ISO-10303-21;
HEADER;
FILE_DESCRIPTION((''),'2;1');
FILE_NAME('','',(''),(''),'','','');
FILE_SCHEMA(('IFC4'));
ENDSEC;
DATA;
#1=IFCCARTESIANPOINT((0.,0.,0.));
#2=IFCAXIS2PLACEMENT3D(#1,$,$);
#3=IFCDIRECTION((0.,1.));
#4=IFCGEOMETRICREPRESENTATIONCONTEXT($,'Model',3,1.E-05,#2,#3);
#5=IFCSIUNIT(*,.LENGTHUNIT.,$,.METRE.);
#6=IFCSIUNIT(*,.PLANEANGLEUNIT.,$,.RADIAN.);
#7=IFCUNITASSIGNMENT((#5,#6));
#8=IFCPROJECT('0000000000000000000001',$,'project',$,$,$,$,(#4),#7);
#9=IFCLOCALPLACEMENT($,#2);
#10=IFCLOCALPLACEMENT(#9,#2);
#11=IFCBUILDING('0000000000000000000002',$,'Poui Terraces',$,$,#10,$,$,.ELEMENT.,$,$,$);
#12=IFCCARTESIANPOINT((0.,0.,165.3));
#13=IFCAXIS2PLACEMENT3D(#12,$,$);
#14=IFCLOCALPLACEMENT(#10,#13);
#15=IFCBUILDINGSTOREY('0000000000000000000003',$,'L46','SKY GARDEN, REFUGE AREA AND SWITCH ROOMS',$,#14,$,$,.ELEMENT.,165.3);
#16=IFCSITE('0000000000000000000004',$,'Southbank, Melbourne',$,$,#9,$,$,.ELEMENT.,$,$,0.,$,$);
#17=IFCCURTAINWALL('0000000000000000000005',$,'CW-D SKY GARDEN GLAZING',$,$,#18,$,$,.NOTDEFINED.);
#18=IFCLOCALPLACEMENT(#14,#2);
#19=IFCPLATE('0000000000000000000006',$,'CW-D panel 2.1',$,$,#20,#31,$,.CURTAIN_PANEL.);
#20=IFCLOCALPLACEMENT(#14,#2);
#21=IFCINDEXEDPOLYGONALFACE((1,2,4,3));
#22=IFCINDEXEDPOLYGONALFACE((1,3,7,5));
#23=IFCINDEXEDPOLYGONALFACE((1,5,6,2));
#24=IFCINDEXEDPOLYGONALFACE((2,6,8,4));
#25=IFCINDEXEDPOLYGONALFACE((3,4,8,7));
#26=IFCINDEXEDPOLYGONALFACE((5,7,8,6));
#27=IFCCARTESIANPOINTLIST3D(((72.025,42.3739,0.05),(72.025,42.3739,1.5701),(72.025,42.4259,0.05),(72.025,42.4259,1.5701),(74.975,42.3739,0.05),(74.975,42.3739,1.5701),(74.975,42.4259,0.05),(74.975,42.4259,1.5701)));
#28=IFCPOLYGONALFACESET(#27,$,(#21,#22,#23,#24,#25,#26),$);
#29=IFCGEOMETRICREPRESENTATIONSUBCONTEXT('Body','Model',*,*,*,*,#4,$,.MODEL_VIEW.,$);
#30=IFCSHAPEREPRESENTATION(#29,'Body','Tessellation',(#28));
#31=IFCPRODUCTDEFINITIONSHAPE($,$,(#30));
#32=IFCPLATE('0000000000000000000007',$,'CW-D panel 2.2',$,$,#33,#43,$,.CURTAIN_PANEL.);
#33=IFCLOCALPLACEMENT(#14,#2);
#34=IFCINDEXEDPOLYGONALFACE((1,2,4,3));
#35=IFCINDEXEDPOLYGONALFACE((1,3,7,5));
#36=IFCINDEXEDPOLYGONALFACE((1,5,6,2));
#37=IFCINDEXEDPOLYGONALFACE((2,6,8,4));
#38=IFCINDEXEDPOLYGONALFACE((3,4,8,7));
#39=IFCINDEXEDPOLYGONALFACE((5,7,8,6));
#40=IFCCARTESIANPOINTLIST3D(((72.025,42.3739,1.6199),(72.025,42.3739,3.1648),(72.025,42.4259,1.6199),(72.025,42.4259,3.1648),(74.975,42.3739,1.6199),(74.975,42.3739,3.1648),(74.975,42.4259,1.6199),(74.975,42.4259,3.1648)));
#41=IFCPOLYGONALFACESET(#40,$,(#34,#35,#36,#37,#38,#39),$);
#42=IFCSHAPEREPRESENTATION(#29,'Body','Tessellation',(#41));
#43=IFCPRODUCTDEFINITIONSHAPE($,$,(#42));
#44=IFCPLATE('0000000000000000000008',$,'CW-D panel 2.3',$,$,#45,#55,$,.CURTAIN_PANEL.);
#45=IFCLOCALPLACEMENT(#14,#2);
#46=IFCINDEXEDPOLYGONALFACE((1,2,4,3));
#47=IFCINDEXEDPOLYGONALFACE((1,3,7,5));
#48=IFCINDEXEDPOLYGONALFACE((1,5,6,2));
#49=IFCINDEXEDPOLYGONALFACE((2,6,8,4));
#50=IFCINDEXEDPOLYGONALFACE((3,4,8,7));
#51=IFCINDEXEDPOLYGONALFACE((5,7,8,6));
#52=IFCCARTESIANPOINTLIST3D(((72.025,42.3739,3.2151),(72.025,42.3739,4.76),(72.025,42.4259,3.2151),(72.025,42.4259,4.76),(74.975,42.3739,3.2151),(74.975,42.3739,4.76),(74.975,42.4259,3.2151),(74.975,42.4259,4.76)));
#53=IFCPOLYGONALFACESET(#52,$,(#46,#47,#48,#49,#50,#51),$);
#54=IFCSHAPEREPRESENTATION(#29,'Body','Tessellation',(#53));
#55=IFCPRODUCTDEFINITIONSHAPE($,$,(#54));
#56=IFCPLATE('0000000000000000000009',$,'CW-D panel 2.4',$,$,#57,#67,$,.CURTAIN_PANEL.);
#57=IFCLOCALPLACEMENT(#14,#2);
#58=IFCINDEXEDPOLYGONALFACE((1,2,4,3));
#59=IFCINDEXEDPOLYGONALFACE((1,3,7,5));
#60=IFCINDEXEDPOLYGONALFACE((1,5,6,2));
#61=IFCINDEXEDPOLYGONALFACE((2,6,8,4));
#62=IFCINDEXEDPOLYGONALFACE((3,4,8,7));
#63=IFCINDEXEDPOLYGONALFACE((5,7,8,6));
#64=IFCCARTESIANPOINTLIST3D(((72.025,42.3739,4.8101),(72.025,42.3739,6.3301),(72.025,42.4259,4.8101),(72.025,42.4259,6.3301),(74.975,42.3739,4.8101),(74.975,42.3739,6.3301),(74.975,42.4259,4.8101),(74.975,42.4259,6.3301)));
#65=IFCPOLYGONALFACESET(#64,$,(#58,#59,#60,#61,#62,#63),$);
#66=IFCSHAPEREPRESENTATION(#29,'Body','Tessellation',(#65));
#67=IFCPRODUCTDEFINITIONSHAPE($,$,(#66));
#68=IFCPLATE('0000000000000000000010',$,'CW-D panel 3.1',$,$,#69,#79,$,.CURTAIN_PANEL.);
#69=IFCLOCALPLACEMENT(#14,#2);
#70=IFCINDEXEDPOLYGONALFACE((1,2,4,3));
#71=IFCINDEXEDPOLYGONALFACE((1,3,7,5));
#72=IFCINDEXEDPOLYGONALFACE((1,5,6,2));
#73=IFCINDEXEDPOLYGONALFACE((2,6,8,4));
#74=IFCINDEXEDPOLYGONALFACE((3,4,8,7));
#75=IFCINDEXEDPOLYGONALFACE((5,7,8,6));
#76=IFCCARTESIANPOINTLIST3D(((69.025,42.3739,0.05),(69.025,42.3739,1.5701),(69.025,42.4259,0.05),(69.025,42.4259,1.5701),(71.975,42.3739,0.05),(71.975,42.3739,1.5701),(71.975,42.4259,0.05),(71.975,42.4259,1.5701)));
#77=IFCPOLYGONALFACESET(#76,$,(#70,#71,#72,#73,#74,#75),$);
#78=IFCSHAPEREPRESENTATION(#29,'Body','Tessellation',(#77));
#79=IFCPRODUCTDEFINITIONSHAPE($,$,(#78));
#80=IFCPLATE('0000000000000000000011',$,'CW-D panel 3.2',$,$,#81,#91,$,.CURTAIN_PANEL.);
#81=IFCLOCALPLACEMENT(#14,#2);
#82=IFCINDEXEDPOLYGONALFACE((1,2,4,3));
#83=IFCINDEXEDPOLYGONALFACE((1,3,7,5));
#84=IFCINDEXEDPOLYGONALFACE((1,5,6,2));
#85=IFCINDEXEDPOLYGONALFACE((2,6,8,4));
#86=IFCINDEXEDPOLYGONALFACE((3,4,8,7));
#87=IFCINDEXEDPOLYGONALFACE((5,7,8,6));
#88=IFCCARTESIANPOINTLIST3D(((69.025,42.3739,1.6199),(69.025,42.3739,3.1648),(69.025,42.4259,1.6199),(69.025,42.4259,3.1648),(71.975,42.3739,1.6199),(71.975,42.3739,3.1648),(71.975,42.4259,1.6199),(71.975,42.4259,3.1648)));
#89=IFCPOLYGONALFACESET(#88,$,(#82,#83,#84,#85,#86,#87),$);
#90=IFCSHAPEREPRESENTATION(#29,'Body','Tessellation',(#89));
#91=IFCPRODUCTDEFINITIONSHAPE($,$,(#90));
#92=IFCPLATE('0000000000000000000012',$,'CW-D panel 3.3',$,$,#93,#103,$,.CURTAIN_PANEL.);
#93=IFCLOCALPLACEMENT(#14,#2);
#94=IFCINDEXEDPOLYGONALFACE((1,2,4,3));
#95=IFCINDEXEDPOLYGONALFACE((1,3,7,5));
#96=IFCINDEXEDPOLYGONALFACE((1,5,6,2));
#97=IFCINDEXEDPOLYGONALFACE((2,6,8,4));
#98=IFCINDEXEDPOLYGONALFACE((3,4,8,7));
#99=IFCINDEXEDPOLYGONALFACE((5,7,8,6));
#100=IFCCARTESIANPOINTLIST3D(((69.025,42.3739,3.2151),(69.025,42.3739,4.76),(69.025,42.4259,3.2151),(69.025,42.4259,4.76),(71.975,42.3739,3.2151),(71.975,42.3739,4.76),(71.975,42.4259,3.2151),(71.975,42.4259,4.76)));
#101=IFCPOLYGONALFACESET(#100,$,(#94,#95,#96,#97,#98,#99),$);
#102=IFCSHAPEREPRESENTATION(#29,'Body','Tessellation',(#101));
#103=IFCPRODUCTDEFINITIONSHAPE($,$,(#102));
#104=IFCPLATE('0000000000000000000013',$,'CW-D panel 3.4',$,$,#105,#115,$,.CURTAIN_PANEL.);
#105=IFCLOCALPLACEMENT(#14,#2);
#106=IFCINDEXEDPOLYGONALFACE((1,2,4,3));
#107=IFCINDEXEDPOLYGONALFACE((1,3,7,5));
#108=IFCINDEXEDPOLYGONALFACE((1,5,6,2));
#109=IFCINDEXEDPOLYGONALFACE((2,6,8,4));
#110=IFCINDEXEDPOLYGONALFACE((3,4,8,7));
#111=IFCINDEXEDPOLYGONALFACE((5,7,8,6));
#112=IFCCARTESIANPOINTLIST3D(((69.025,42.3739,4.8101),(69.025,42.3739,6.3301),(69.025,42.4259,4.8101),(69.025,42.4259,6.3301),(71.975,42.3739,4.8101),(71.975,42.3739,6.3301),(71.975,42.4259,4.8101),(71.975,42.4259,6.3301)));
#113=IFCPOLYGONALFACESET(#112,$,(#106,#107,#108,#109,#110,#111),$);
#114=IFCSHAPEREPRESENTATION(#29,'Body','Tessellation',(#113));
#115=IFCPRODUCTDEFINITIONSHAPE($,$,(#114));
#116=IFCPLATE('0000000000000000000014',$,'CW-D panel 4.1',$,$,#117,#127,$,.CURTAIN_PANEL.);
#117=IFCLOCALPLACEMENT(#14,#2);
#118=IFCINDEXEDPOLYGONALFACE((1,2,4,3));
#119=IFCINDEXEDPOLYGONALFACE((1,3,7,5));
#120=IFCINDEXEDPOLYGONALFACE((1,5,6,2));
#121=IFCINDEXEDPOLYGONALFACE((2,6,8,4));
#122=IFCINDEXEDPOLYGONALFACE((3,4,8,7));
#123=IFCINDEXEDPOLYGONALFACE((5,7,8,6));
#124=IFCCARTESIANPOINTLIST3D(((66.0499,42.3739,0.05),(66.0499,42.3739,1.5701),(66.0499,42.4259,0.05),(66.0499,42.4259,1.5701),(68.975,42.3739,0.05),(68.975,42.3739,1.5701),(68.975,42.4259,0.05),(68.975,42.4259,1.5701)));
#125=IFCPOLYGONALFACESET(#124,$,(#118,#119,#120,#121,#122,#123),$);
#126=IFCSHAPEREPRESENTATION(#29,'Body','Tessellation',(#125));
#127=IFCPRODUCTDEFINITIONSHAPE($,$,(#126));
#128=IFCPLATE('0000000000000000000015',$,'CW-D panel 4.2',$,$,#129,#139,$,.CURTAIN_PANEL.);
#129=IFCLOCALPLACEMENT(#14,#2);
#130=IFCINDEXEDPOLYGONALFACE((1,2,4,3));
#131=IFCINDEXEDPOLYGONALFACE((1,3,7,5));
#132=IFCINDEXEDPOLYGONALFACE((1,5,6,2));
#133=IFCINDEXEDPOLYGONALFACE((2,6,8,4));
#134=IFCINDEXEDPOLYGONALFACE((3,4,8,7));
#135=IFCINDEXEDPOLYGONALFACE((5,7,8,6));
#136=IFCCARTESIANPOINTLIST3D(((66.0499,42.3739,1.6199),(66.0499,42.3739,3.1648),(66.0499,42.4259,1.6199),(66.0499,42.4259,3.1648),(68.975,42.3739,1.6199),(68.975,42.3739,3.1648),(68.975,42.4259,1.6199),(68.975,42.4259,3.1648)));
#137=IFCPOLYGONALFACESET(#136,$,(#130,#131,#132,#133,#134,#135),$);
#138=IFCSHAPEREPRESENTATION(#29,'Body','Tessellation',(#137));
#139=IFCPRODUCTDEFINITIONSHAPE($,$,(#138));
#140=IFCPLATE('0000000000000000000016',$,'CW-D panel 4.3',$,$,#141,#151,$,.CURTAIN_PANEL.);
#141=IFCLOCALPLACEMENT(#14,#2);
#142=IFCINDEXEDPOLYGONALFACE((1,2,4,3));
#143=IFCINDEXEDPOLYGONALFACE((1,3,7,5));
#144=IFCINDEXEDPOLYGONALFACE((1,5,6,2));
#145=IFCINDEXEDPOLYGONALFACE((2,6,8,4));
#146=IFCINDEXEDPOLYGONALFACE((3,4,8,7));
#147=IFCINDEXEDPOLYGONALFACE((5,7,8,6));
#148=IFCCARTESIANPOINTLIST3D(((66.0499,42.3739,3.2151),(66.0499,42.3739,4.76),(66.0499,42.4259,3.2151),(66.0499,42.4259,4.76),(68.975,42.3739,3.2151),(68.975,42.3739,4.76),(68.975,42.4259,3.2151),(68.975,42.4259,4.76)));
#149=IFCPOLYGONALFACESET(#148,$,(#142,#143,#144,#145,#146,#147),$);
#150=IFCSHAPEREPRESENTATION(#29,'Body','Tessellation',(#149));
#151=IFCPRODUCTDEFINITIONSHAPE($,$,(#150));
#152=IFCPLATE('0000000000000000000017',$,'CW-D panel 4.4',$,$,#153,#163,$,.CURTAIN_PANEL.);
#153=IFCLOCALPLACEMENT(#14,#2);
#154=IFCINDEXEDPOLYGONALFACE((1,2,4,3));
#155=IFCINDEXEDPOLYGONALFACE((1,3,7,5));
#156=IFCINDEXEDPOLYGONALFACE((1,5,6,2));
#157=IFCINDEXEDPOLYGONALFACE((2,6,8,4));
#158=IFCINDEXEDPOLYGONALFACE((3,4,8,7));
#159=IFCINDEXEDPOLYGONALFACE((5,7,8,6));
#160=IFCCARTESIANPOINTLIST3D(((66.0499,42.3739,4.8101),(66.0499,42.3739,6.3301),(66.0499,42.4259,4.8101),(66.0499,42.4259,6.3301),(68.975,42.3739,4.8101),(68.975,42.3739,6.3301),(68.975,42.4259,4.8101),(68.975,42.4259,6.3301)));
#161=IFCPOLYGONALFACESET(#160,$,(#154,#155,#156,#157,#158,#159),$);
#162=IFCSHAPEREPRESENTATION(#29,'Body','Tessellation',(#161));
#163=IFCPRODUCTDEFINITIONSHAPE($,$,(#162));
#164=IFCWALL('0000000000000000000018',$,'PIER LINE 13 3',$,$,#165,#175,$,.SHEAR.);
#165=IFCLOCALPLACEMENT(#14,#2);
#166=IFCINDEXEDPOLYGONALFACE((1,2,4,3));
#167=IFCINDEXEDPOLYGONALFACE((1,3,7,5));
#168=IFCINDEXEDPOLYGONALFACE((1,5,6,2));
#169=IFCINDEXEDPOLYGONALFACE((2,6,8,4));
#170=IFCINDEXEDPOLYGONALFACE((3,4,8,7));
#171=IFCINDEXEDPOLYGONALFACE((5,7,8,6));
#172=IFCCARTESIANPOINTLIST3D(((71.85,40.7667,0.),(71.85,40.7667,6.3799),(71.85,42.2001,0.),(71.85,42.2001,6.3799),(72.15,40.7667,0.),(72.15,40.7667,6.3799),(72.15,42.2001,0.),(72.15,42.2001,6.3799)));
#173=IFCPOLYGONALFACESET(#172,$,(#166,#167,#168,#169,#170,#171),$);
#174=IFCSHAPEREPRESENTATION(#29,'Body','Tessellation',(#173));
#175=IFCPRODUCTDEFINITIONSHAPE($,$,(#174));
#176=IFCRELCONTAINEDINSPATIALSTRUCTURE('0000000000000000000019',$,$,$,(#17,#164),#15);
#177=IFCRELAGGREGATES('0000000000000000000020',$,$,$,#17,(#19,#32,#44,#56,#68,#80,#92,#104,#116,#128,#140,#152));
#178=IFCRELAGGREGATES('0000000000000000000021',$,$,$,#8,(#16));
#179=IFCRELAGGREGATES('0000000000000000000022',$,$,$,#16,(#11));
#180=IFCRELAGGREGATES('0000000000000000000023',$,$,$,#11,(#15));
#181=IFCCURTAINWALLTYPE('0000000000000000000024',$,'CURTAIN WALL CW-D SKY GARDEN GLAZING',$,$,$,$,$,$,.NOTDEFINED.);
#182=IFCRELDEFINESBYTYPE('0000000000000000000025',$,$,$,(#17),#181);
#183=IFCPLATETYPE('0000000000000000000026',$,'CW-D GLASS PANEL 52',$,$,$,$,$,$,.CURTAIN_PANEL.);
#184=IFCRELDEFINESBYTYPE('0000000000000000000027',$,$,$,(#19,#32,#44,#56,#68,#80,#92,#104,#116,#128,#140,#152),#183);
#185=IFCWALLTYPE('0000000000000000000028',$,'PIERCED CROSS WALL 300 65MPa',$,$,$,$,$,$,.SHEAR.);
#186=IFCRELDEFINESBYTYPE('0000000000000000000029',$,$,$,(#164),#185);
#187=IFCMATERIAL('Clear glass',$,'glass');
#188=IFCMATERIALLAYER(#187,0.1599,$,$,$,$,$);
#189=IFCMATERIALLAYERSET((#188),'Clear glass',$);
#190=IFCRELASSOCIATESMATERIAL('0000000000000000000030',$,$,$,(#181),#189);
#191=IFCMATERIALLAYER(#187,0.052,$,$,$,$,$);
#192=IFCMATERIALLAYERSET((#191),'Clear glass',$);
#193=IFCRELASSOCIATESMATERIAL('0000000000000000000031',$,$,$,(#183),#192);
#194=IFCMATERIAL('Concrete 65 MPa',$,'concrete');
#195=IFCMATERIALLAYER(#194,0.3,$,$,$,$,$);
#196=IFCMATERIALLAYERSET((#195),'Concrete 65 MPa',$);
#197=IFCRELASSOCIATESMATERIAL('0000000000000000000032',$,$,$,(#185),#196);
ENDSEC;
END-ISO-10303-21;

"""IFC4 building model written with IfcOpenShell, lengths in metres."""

from ifc_helpers import new_model, si_unit, direction, frame, frame_2d, origin, origin_2d, place, context, subcontext, project, spatial, rectangle, extrude, material, layer, layer_set, type_object, element, aggregate, save


model = new_model("IFC4")

# Units and contexts
model_context = context("Model", 3, precision=1e-05, world=origin(), true_north=direction((0.0, 1.0)))
body_context = subcontext(model_context, "Body", "Model", "MODEL_VIEW")
ifc_project = project(units=[si_unit("LENGTHUNIT", "METRE"), si_unit("PLANEANGLEUNIT", "RADIAN")], contexts=[model_context])

# Site, building, storey
site_placement = place(None, origin())
site = spatial("IfcSite", under=ifc_project, at=site_placement, Name="Southbank, Melbourne", CompositionType="ELEMENT", RefElevation=0.0)
building_placement = place(site_placement, origin())
building = spatial("IfcBuilding", under=site, at=building_placement, Name="Poui Terraces", CompositionType="ELEMENT")
storey_placement = place(building_placement, frame((0.0, 0.0, 165.3)))
storey = spatial("IfcBuildingStorey", under=building, at=storey_placement, Name="L46", Description="SKY GARDEN, REFUGE AREA AND SWITCH ROOMS", CompositionType="ELEMENT", Elevation=165.3)

# Shared definitions
ifc_material_1 = material(Name="Clear glass", Category="glass")
ifc_layer_1 = layer(ifc_material_1, 0.1599)
ifc_layer_set_1 = layer_set([ifc_layer_1], Name="Clear glass")
curtain_wall_type = type_object("IfcCurtainWallType", Name="CURTAIN WALL CW-D SKY GARDEN GLAZING", PredefinedType="NOTDEFINED", material=ifc_layer_set_1)

# Curtain wall
curtain_wall_1_placement = place(storey_placement, origin())
curtain_wall_1 = element("IfcCurtainWall", 1, at=curtain_wall_1_placement, inside=storey, type_object=curtain_wall_type, Name="CW-D SKY GARDEN GLAZING", PredefinedType="NOTDEFINED")

# Plates
ifc_layer_2 = layer(ifc_material_1, 0.052)
ifc_layer_set_2 = layer_set([ifc_layer_2], Name="Clear glass")
plate_type = type_object("IfcPlateType", Name="CW-D GLASS PANEL 52", PredefinedType="CURTAIN_PANEL", material=ifc_layer_set_2)
plate_1_placement = place(storey_placement, frame((73.5, 42.3999, 0.05), z_axis=(0.0, 0.0, 1.0), x_axis=(-1.0, 0.0, 0.0)))
plate_1 = element("IfcPlate", 2, at=plate_1_placement, type_object=plate_type, Name="CW-D panel 2.1", PredefinedType="CURTAIN_PANEL", context=body_context, shape_type="SweptSolid", body=[
    extrude(rectangle(XDim=2.95, YDim=0.052, at=origin_2d()), origin(), (0.0, 0.0, 1.0), 1.52),
])
plate_2_placement = place(storey_placement, frame((73.5, 42.3999, 1.6199), z_axis=(0.0, 0.0, 1.0), x_axis=(-1.0, 0.0, 0.0)))
plate_2 = element("IfcPlate", 3, at=plate_2_placement, type_object=plate_type, Name="CW-D panel 2.2", PredefinedType="CURTAIN_PANEL", context=body_context, shape_type="SweptSolid", body=[
    extrude(rectangle(XDim=2.95, YDim=0.052, at=origin_2d()), origin(), (0.0, 0.0, 1.0), 1.5449),
])
plate_3_placement = place(storey_placement, frame((73.5, 42.3999, 3.2151), z_axis=(0.0, 0.0, 1.0), x_axis=(-1.0, 0.0, 0.0)))
plate_3 = element("IfcPlate", 4, at=plate_3_placement, type_object=plate_type, Name="CW-D panel 2.3", PredefinedType="CURTAIN_PANEL", context=body_context, shape_type="SweptSolid", body=[
    extrude(rectangle(XDim=2.95, YDim=0.052, at=origin_2d()), origin(), (0.0, 0.0, 1.0), 1.5449),
])
plate_4_placement = place(storey_placement, frame((73.5, 42.3999, 4.8101), z_axis=(0.0, 0.0, 1.0), x_axis=(-1.0, 0.0, 0.0)))
plate_4 = element("IfcPlate", 5, at=plate_4_placement, type_object=plate_type, Name="CW-D panel 2.4", PredefinedType="CURTAIN_PANEL", context=body_context, shape_type="SweptSolid", body=[
    extrude(rectangle(XDim=2.95, YDim=0.052, at=origin_2d()), origin(), (0.0, 0.0, 1.0), 1.52),
])
plate_5_placement = place(storey_placement, frame((70.5, 42.3999, 0.05), z_axis=(0.0, 0.0, 1.0), x_axis=(-1.0, 0.0, 0.0)))
plate_5 = element("IfcPlate", 6, at=plate_5_placement, type_object=plate_type, Name="CW-D panel 3.1", PredefinedType="CURTAIN_PANEL", context=body_context, shape_type="SweptSolid", body=[
    extrude(rectangle(XDim=2.95, YDim=0.052, at=origin_2d()), origin(), (0.0, 0.0, 1.0), 1.52),
])
plate_6_placement = place(storey_placement, frame((70.5, 42.3999, 1.6199), z_axis=(0.0, 0.0, 1.0), x_axis=(-1.0, 0.0, 0.0)))
plate_6 = element("IfcPlate", 7, at=plate_6_placement, type_object=plate_type, Name="CW-D panel 3.2", PredefinedType="CURTAIN_PANEL", context=body_context, shape_type="SweptSolid", body=[
    extrude(rectangle(XDim=2.95, YDim=0.052, at=origin_2d()), origin(), (0.0, 0.0, 1.0), 1.5449),
])
plate_7_placement = place(storey_placement, frame((70.5, 42.3999, 3.2151), z_axis=(0.0, 0.0, 1.0), x_axis=(-1.0, 0.0, 0.0)))
plate_7 = element("IfcPlate", 8, at=plate_7_placement, type_object=plate_type, Name="CW-D panel 3.3", PredefinedType="CURTAIN_PANEL", context=body_context, shape_type="SweptSolid", body=[
    extrude(rectangle(XDim=2.95, YDim=0.052, at=origin_2d()), origin(), (0.0, 0.0, 1.0), 1.5449),
])
plate_8_placement = place(storey_placement, frame((70.5, 42.3999, 4.8101), z_axis=(0.0, 0.0, 1.0), x_axis=(-1.0, 0.0, 0.0)))
plate_8 = element("IfcPlate", 9, at=plate_8_placement, type_object=plate_type, Name="CW-D panel 3.4", PredefinedType="CURTAIN_PANEL", context=body_context, shape_type="SweptSolid", body=[
    extrude(rectangle(XDim=2.95, YDim=0.052, at=origin_2d()), origin(), (0.0, 0.0, 1.0), 1.52),
])
plate_9_placement = place(storey_placement, frame((67.5125, 42.3999, 0.05), z_axis=(0.0, 0.0, 1.0), x_axis=(-1.0, 0.0, 0.0)))
plate_9 = element("IfcPlate", 10, at=plate_9_placement, type_object=plate_type, Name="CW-D panel 4.1", PredefinedType="CURTAIN_PANEL", context=body_context, shape_type="SweptSolid", body=[
    extrude(rectangle(XDim=2.925, YDim=0.052, at=origin_2d()), origin(), (0.0, 0.0, 1.0), 1.52),
])
plate_10_placement = place(storey_placement, frame((67.5125, 42.3999, 1.6199), z_axis=(0.0, 0.0, 1.0), x_axis=(-1.0, 0.0, 0.0)))
plate_10 = element("IfcPlate", 11, at=plate_10_placement, type_object=plate_type, Name="CW-D panel 4.2", PredefinedType="CURTAIN_PANEL", context=body_context, shape_type="SweptSolid", body=[
    extrude(rectangle(XDim=2.925, YDim=0.052, at=origin_2d()), origin(), (0.0, 0.0, 1.0), 1.5449),
])
plate_11_placement = place(storey_placement, frame((67.5125, 42.3999, 3.2151), z_axis=(0.0, 0.0, 1.0), x_axis=(-1.0, 0.0, 0.0)))
plate_11 = element("IfcPlate", 12, at=plate_11_placement, type_object=plate_type, Name="CW-D panel 4.3", PredefinedType="CURTAIN_PANEL", context=body_context, shape_type="SweptSolid", body=[
    extrude(rectangle(XDim=2.925, YDim=0.052, at=origin_2d()), origin(), (0.0, 0.0, 1.0), 1.5449),
])
plate_12_placement = place(storey_placement, frame((67.5125, 42.3999, 4.8101), z_axis=(0.0, 0.0, 1.0), x_axis=(-1.0, 0.0, 0.0)))
plate_12 = element("IfcPlate", 13, at=plate_12_placement, type_object=plate_type, Name="CW-D panel 4.4", PredefinedType="CURTAIN_PANEL", context=body_context, shape_type="SweptSolid", body=[
    extrude(rectangle(XDim=2.925, YDim=0.052, at=origin_2d()), origin(), (0.0, 0.0, 1.0), 1.52),
])
aggregate(curtain_wall_1, [plate_1, plate_2, plate_3, plate_4, plate_5, plate_6, plate_7, plate_8, plate_9, plate_10, plate_11, plate_12])

# Wall
ifc_material_2 = material(Name="Concrete 65 MPa", Category="concrete")
ifc_layer_3 = layer(ifc_material_2, 0.3)
ifc_layer_set_3 = layer_set([ifc_layer_3], Name="Concrete 65 MPa")
wall_type = type_object("IfcWallType", Name="PIERCED CROSS WALL 300 65MPa", PredefinedType="SHEAR", material=ifc_layer_set_3)
wall_placement = place(storey_placement, frame((72.0, 40.7666, 0.0), z_axis=(0.0, 0.0, 1.0), x_axis=(0.0, 1.0, 0.0)))
element("IfcWall", 14, at=wall_placement, inside=storey, type_object=wall_type, Name="PIER LINE 13 3", PredefinedType="SHEAR", context=body_context, shape_type="SweptSolid", body=[
    extrude(rectangle(XDim=1.4333, YDim=0.3, at=frame_2d((0.7168, 0.0))), origin(), (0.0, 0.0, 1.0), 6.3799),
])

save(model, "model.ifc")
